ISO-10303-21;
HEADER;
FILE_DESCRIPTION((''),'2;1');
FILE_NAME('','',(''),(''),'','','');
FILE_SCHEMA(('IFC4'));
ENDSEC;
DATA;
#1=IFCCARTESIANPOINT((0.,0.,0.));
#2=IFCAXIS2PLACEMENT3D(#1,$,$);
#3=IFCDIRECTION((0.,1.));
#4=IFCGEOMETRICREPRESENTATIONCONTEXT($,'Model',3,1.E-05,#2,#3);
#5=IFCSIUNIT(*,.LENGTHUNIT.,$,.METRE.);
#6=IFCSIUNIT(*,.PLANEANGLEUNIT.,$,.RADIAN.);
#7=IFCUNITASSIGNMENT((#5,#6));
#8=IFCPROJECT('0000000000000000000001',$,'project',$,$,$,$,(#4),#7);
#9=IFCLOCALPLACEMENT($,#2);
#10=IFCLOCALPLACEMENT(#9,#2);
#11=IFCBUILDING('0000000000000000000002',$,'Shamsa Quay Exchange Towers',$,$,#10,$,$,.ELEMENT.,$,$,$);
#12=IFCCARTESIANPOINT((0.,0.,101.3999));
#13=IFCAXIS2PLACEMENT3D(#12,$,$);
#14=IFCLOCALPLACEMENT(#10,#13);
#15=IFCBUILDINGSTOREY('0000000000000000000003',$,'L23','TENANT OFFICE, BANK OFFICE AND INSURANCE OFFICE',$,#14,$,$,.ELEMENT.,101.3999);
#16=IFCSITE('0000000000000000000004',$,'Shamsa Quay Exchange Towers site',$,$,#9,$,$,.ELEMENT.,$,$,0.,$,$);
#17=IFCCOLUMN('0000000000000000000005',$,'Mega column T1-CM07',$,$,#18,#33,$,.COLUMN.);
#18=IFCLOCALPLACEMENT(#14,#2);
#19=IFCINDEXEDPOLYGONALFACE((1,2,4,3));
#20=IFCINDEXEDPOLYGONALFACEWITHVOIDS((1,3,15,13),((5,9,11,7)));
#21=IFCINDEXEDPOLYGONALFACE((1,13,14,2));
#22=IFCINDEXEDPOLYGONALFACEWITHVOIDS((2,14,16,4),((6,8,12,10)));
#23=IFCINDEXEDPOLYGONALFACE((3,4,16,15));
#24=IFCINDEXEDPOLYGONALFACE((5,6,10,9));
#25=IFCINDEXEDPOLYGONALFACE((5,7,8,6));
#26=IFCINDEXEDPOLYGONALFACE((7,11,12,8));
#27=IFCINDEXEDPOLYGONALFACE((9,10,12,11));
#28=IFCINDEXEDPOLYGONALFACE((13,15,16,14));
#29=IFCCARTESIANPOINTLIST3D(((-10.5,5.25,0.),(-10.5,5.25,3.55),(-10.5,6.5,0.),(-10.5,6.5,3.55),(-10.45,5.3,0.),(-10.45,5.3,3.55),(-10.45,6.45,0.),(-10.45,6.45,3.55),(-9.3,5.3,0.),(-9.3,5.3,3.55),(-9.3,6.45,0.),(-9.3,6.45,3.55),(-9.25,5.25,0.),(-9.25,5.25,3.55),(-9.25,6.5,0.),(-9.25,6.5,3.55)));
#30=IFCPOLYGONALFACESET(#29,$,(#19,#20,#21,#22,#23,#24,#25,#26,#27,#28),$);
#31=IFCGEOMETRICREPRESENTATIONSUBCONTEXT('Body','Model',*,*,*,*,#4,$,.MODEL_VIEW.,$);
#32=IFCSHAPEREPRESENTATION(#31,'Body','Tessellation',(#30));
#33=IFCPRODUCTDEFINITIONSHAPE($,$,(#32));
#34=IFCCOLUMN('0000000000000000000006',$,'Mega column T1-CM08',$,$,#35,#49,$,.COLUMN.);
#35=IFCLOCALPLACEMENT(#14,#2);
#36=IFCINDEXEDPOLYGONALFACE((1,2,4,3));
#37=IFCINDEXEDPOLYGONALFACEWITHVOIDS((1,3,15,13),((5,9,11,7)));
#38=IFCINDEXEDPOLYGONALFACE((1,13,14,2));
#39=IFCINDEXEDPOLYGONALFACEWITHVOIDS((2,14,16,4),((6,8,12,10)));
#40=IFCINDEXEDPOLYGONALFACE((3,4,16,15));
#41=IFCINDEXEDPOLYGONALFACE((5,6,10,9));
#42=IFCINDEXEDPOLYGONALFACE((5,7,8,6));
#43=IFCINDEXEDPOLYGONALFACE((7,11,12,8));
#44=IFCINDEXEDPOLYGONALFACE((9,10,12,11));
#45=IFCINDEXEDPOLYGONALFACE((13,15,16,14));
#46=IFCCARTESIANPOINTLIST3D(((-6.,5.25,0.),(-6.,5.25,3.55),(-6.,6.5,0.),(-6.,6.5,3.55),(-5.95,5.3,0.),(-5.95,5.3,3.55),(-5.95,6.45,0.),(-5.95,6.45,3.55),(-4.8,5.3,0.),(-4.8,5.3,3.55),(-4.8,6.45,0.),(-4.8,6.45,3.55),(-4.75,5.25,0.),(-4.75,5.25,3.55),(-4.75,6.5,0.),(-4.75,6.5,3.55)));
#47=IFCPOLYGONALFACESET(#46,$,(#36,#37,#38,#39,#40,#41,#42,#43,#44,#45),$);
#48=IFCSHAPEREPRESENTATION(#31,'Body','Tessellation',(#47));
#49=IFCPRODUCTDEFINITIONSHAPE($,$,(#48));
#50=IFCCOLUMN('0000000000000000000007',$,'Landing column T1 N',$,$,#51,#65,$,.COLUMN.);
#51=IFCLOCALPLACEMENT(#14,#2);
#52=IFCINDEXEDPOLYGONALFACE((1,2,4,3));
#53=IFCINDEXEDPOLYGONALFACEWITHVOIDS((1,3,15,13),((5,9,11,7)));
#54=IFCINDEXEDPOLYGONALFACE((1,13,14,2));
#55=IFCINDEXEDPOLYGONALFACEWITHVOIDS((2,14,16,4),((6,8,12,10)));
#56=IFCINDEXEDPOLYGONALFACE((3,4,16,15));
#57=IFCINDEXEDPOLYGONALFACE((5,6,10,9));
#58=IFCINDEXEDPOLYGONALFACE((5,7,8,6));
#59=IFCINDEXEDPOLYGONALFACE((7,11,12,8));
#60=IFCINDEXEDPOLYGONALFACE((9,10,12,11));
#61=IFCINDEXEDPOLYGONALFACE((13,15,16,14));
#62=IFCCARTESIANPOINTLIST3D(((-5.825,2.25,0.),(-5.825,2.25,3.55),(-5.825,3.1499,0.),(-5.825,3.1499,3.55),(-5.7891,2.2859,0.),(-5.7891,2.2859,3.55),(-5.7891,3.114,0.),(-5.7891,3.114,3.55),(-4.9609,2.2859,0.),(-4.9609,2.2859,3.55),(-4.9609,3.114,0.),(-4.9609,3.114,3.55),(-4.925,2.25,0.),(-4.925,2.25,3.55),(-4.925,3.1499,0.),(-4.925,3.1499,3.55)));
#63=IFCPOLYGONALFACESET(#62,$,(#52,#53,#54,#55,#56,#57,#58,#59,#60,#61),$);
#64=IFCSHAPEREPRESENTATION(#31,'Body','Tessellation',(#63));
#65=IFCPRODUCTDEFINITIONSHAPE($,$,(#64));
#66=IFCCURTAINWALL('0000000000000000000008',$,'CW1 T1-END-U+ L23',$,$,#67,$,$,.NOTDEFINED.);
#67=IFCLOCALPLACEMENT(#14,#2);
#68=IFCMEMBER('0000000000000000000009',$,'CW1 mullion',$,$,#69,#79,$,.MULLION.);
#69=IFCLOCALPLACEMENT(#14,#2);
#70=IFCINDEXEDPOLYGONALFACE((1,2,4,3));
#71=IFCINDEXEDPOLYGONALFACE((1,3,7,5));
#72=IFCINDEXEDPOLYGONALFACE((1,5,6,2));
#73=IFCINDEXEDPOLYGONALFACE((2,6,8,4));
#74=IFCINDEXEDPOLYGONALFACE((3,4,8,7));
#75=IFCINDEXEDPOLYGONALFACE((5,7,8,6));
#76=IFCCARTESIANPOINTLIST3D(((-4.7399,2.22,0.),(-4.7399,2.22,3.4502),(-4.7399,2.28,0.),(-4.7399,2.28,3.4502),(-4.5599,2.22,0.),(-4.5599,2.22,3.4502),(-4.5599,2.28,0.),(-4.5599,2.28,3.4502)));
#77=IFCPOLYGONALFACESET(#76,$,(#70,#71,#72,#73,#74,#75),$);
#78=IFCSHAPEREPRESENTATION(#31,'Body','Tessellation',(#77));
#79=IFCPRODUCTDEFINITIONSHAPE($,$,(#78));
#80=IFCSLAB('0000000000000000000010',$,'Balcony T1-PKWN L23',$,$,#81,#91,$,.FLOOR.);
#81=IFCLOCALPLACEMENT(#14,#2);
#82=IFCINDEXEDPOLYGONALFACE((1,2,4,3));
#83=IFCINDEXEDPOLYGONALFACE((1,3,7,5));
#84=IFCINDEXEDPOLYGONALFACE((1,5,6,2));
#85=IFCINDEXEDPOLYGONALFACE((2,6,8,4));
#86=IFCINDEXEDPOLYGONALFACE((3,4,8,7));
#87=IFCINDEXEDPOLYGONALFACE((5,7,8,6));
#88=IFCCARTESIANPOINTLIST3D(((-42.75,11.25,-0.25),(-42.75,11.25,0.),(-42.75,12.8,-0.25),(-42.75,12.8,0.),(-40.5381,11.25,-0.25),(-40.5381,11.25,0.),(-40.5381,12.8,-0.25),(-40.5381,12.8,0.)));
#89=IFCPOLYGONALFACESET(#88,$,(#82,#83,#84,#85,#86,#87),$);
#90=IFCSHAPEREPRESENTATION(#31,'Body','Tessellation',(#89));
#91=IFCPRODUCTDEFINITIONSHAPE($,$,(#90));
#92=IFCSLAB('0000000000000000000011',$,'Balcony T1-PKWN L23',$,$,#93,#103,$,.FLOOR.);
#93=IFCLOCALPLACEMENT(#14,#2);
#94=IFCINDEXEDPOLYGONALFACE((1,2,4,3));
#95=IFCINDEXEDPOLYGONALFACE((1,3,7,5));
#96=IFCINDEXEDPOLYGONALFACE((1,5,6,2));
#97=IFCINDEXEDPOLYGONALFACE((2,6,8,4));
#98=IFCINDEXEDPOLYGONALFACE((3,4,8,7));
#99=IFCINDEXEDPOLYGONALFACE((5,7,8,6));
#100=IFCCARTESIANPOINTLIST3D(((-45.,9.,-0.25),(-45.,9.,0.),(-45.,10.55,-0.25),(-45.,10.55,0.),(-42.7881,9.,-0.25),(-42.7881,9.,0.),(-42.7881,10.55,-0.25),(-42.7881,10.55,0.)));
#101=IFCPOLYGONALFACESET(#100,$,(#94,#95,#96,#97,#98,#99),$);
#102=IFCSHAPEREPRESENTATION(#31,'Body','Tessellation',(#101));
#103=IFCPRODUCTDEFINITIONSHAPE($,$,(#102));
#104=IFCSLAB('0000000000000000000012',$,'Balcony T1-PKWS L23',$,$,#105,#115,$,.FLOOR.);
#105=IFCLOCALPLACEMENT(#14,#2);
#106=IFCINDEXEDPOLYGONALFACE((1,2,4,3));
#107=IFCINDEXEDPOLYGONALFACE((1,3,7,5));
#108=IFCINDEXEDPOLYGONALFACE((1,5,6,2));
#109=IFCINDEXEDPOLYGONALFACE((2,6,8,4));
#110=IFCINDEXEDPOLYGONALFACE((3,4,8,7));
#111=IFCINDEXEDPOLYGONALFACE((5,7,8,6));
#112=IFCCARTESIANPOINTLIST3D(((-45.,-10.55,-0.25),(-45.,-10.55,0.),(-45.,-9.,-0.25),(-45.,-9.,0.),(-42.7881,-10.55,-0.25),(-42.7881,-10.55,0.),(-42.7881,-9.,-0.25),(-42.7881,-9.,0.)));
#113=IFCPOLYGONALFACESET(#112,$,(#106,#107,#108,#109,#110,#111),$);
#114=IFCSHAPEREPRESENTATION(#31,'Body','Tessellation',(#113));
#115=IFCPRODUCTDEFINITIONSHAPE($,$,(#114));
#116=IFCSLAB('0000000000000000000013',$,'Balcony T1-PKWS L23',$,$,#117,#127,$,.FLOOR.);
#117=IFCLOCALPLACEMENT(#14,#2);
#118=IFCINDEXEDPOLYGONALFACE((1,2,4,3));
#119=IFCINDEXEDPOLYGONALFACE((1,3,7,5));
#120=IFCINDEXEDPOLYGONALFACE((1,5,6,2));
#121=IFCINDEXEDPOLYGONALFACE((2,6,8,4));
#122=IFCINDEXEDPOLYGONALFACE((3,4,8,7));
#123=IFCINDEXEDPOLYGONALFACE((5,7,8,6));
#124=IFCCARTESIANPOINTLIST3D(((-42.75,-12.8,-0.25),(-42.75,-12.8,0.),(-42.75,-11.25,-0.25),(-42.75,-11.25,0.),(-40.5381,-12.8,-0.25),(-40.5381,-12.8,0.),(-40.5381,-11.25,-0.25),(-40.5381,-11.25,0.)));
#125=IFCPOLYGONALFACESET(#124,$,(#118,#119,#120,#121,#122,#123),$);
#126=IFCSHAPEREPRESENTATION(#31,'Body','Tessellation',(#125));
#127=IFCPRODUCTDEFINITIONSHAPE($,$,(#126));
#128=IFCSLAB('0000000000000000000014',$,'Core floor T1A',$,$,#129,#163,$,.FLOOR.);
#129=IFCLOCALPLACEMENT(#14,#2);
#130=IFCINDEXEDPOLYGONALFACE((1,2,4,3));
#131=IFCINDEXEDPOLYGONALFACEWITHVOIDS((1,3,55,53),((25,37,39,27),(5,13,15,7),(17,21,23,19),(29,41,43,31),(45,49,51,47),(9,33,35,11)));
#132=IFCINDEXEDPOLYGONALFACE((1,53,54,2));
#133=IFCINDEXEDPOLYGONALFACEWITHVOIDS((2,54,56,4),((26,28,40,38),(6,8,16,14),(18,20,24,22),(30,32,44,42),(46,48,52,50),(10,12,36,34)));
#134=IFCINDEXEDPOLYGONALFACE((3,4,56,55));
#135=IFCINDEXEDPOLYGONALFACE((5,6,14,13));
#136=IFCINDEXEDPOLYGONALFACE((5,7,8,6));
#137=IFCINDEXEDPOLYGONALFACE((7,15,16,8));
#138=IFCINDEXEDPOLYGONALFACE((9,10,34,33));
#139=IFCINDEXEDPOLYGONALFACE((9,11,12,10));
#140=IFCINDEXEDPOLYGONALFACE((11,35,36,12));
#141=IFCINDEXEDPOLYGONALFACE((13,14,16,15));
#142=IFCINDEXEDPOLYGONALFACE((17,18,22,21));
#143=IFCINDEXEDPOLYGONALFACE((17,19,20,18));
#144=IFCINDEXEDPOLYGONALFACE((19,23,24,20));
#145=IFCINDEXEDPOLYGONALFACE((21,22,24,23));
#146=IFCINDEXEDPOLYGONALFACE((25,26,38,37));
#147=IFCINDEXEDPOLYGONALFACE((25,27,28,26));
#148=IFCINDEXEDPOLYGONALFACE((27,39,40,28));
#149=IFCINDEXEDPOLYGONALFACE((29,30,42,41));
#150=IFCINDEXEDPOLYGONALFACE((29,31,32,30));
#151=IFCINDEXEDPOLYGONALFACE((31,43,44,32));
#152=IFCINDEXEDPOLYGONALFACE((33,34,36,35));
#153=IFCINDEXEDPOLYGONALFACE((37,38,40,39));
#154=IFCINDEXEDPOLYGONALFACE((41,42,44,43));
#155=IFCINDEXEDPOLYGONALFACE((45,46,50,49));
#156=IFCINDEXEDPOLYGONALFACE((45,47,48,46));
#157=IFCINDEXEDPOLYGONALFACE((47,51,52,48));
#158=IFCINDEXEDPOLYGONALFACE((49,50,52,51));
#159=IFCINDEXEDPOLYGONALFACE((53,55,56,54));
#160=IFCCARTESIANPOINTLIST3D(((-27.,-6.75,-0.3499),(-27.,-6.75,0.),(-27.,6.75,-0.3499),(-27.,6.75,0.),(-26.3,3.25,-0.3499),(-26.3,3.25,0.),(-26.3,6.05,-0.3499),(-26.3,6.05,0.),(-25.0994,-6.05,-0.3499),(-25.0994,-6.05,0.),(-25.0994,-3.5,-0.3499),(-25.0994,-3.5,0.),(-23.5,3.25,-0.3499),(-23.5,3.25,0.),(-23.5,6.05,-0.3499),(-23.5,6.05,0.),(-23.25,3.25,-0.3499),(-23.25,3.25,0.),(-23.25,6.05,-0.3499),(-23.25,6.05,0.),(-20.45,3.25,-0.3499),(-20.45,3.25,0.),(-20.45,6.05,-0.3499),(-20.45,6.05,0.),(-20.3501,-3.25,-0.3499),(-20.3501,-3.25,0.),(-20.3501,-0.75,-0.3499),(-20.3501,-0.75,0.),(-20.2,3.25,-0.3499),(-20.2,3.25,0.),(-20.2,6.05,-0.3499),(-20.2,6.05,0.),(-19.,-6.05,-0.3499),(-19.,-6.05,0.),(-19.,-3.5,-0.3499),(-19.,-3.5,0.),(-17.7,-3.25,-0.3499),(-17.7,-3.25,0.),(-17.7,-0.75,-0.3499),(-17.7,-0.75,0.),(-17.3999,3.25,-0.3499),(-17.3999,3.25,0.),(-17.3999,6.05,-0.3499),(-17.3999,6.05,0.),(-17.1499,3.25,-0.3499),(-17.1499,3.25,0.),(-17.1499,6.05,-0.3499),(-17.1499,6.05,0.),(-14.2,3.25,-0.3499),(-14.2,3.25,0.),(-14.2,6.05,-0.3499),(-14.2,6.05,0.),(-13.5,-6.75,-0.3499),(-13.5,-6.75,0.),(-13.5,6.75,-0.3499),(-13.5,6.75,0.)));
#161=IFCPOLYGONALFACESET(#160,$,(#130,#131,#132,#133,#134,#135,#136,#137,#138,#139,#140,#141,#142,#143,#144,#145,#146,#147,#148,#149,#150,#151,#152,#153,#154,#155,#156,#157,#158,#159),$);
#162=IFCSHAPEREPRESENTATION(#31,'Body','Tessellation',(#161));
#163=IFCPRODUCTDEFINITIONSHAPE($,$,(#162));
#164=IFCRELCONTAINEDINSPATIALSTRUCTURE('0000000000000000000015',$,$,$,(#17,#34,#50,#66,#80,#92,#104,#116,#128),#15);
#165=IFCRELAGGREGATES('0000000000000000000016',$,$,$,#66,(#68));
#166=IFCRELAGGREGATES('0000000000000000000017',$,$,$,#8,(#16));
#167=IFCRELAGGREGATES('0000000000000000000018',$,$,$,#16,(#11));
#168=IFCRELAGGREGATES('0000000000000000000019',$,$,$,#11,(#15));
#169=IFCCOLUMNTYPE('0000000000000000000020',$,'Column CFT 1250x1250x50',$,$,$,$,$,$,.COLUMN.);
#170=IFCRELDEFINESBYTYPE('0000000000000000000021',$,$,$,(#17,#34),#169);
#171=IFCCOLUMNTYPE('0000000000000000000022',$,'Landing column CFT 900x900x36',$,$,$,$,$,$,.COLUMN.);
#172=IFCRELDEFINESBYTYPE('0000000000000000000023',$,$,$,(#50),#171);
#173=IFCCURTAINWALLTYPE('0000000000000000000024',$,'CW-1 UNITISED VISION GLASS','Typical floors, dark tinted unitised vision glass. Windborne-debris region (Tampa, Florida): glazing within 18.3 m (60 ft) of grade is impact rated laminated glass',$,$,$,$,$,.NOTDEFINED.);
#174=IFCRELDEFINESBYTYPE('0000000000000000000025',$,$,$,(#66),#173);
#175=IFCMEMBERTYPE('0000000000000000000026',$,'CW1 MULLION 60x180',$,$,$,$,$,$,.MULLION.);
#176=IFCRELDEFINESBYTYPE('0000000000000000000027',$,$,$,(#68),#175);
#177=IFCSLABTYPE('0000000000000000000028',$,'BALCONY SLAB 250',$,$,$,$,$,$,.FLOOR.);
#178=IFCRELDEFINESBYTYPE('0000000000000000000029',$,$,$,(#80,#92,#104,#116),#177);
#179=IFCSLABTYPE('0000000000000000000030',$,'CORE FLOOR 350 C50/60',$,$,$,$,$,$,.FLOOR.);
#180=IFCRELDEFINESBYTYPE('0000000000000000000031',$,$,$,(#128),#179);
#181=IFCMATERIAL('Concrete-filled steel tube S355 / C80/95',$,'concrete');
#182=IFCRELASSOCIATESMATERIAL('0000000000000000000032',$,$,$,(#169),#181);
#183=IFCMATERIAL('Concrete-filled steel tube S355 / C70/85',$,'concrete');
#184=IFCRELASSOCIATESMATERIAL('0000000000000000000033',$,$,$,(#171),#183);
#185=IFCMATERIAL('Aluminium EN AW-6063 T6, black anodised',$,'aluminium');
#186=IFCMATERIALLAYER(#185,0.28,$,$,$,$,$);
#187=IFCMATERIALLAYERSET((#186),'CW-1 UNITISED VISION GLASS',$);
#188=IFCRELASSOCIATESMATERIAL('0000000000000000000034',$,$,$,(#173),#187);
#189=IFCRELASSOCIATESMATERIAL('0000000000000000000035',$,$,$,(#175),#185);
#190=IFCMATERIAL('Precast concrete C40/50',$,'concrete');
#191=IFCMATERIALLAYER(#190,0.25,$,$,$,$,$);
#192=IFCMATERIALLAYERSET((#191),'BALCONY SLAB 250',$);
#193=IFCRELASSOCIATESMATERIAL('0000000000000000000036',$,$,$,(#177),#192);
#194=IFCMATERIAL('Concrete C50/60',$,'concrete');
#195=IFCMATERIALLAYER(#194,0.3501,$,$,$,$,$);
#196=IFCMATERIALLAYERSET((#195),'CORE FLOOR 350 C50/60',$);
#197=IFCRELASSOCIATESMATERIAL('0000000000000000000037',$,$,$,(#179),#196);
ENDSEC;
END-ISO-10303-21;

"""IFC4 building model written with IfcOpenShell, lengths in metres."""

from ifc_helpers import new_model, si_unit, direction, frame, origin, origin_2d, place, context, subcontext, project, spatial, polyline, rectangle, hollow_rectangle, outline, extrude, material, layer, layer_set, material_profile, profile_set, type_object, element, aggregate, save


model = new_model("IFC4")

# Units and contexts
model_context = context("Model", 3, precision=1e-05, world=origin(), true_north=direction((0.0, 1.0)))
body_context = subcontext(model_context, "Body", "Model", "MODEL_VIEW")
ifc_project = project(units=[si_unit("LENGTHUNIT", "METRE"), si_unit("PLANEANGLEUNIT", "RADIAN")], contexts=[model_context])

# Site, building, storey
site_placement = place(None, origin())
site = spatial("IfcSite", under=ifc_project, at=site_placement, Name="Shamsa Quay Exchange Towers site", CompositionType="ELEMENT", RefElevation=0.0)
building_placement = place(site_placement, origin())
building = spatial("IfcBuilding", under=site, at=building_placement, Name="Shamsa Quay Exchange Towers", CompositionType="ELEMENT")
storey_placement = place(building_placement, frame((0.0, 0.0, 101.3999)))
storey = spatial("IfcBuildingStorey", under=building, at=storey_placement, Name="L23", Description="TENANT OFFICE, BANK OFFICE AND INSURANCE OFFICE", CompositionType="ELEMENT", Elevation=101.3999)

# Columns
ifc_material_1 = material(Name="Concrete-filled steel tube S355 / C80/95", Category="concrete")
ifc_material_profile_1 = material_profile(ifc_material_1, hollow_rectangle(XDim=1.25, YDim=1.25, WallThickness=0.05, at=origin_2d()), Name="CFT 1250x1250x50")
ifc_profile_set_1 = profile_set([ifc_material_profile_1], Name="Concrete-filled steel tube S355 / C80/95")
column_type_1 = type_object("IfcColumnType", Name="Column CFT 1250x1250x50", PredefinedType="COLUMN", material=ifc_profile_set_1)
for number, where, name in (
    (1, (-9.875, 5.875, 0.0), "Mega column T1-CM07"),
    (2, (-5.375, 5.875, 0.0), "Mega column T1-CM08"),
):
    element("IfcColumn", number, at=place(storey_placement, frame(where)), inside=storey, type_object=column_type_1, Name=name, PredefinedType="COLUMN", context=body_context, shape_type="SweptSolid", body=[
        extrude(hollow_rectangle(XDim=1.25, YDim=1.25, WallThickness=0.05, at=origin_2d()), origin(), (0.0, 0.0, 1.0), 3.55),
    ])
ifc_material_2 = material(Name="Concrete-filled steel tube S355 / C70/85", Category="concrete")
ifc_material_profile_2 = material_profile(ifc_material_2, hollow_rectangle(XDim=0.8999, YDim=0.8999, WallThickness=0.0359, at=origin_2d()), Name="CFT 900x900x36")
ifc_profile_set_2 = profile_set([ifc_material_profile_2], Name="Concrete-filled steel tube S355 / C70/85")
column_type_2 = type_object("IfcColumnType", Name="Landing column CFT 900x900x36", PredefinedType="COLUMN", material=ifc_profile_set_2)
column_placement = place(storey_placement, frame((-5.375, 2.7, 0.0)))
element("IfcColumn", 3, at=column_placement, inside=storey, type_object=column_type_2, Name="Landing column T1 N", PredefinedType="COLUMN", context=body_context, shape_type="SweptSolid", body=[
    extrude(hollow_rectangle(XDim=0.8999, YDim=0.8999, WallThickness=0.0359, at=origin_2d()), origin(), (0.0, 0.0, 1.0), 3.55),
])

# Curtain wall, member
ifc_material_3 = material(Name="Aluminium EN AW-6063 T6, black anodised", Category="aluminium")
ifc_layer_1 = layer(ifc_material_3, 0.28)
ifc_layer_set_1 = layer_set([ifc_layer_1], Name="CW-1 UNITISED VISION GLASS")
curtain_wall_type = type_object("IfcCurtainWallType", Name="CW-1 UNITISED VISION GLASS", Description="Typical floors, dark tinted unitised vision glass. Windborne-debris region (Tampa, Florida): glazing within 18.3 m (60 ft) of grade is impact rated laminated glass", PredefinedType="NOTDEFINED", material=ifc_layer_set_1)
curtain_wall_1_placement = place(storey_placement, origin())
curtain_wall_1 = element("IfcCurtainWall", 4, at=curtain_wall_1_placement, inside=storey, type_object=curtain_wall_type, Name="CW1 T1-END-U+ L23", PredefinedType="NOTDEFINED")
ifc_material_profile_3 = material_profile(ifc_material_3, rectangle(XDim=0.1799, YDim=0.0601, at=origin_2d()), Name="MU60x180")
ifc_profile_set_3 = profile_set([ifc_material_profile_3], Name="Aluminium EN AW-6063 T6, black anodised")
member_type = type_object("IfcMemberType", Name="CW1 MULLION 60x180", PredefinedType="MULLION", material=ifc_profile_set_3)
member_placement = place(storey_placement, frame((-4.6499, 2.25, 0.0), z_axis=(0.0, 0.0, 1.0), x_axis=(-1.0, 0.0, 0.0)))
member = element("IfcMember", 5, at=member_placement, type_object=member_type, Name="CW1 mullion", PredefinedType="MULLION", context=body_context, shape_type="SweptSolid", body=[
    extrude(rectangle(XDim=0.1799, YDim=0.0601, at=origin_2d()), origin(), (0.0, 0.0, 1.0), 3.4502),
])

# Slabs
ifc_material_4 = material(Name="Precast concrete C40/50", Category="concrete")
ifc_layer_2 = layer(ifc_material_4, 0.25)
ifc_layer_set_2 = layer_set([ifc_layer_2], Name="BALCONY SLAB 250")
slab_type_1 = type_object("IfcSlabType", Name="BALCONY SLAB 250", PredefinedType="FLOOR", material=ifc_layer_set_2)
slab_1_placement = place(storey_placement, frame((0.0, 0.0, -0.25)))
element("IfcSlab", 6, at=slab_1_placement, inside=storey, type_object=slab_type_1, Name="Balcony T1-PKWN L23", PredefinedType="FLOOR", context=body_context, shape_type="SweptSolid", body=[
    extrude(outline(polyline([(-40.5381, 11.25), (-42.75, 11.25), (-42.75, 12.8), (-40.5381, 12.8), (-40.5381, 11.25)])), origin(), (0.0, 0.0, 1.0), 0.25),
])
slab_2_placement = place(storey_placement, frame((0.0, 0.0, -0.25)))
element("IfcSlab", 7, at=slab_2_placement, inside=storey, type_object=slab_type_1, Name="Balcony T1-PKWN L23", PredefinedType="FLOOR", context=body_context, shape_type="SweptSolid", body=[
    extrude(outline(polyline([(-42.7881, 9.0), (-45.0, 9.0), (-45.0, 10.55), (-42.7881, 10.55), (-42.7881, 9.0)])), origin(), (0.0, 0.0, 1.0), 0.25),
])
slab_3_placement = place(storey_placement, frame((0.0, 0.0, -0.25)))
element("IfcSlab", 8, at=slab_3_placement, inside=storey, type_object=slab_type_1, Name="Balcony T1-PKWS L23", PredefinedType="FLOOR", context=body_context, shape_type="SweptSolid", body=[
    extrude(outline(polyline([(-45.0, -9.0), (-42.7881, -9.0), (-42.7881, -10.55), (-45.0, -10.55), (-45.0, -9.0)])), origin(), (0.0, 0.0, 1.0), 0.25),
])
slab_4_placement = place(storey_placement, frame((0.0, 0.0, -0.25)))
element("IfcSlab", 9, at=slab_4_placement, inside=storey, type_object=slab_type_1, Name="Balcony T1-PKWS L23", PredefinedType="FLOOR", context=body_context, shape_type="SweptSolid", body=[
    extrude(outline(polyline([(-42.75, -11.25), (-40.5381, -11.25), (-40.5381, -12.8), (-42.75, -12.8), (-42.75, -11.25)])), origin(), (0.0, 0.0, 1.0), 0.25),
])
ifc_material_5 = material(Name="Concrete C50/60", Category="concrete")
ifc_layer_3 = layer(ifc_material_5, 0.3501)
ifc_layer_set_3 = layer_set([ifc_layer_3], Name="CORE FLOOR 350 C50/60")
slab_type_2 = type_object("IfcSlabType", Name="CORE FLOOR 350 C50/60", PredefinedType="FLOOR", material=ifc_layer_set_3)
slab_5_placement = place(storey_placement, frame((0.0, 0.0, -0.3499)))
element("IfcSlab", 10, at=slab_5_placement, inside=storey, type_object=slab_type_2, Name="Core floor T1A", PredefinedType="FLOOR", context=body_context, shape_type="SweptSolid", body=[
    extrude(outline(polyline([(-27.0, -6.75), (-13.5, -6.75), (-13.5, 6.75), (-27.0, 6.75), (-27.0, -6.75)]), holes=[polyline([(-25.0994, -6.05), (-25.0994, -3.5), (-19.0, -3.5), (-19.0, -6.05), (-25.0994, -6.05)]), polyline([(-26.3, 3.25), (-26.3, 6.05), (-23.5, 6.05), (-23.5, 3.25), (-26.3, 3.25)]), polyline([(-23.25, 3.25), (-23.25, 6.05), (-20.45, 6.05), (-20.45, 3.25), (-23.25, 3.25)]), polyline([(-20.2, 3.25), (-20.2, 6.05), (-17.3999, 6.05), (-17.3999, 3.25), (-20.2, 3.25)]), polyline([(-17.1499, 3.25), (-17.1499, 6.05), (-14.2, 6.05), (-14.2, 3.25), (-17.1499, 3.25)]), polyline([(-20.3501, -3.25), (-20.3501, -0.75), (-17.7, -0.75), (-17.7, -3.25), (-20.3501, -3.25)])]), origin(), (0.0, 0.0, 1.0), 0.3499),
])

aggregate(curtain_wall_1, [member])

save(model, "model.ifc")
